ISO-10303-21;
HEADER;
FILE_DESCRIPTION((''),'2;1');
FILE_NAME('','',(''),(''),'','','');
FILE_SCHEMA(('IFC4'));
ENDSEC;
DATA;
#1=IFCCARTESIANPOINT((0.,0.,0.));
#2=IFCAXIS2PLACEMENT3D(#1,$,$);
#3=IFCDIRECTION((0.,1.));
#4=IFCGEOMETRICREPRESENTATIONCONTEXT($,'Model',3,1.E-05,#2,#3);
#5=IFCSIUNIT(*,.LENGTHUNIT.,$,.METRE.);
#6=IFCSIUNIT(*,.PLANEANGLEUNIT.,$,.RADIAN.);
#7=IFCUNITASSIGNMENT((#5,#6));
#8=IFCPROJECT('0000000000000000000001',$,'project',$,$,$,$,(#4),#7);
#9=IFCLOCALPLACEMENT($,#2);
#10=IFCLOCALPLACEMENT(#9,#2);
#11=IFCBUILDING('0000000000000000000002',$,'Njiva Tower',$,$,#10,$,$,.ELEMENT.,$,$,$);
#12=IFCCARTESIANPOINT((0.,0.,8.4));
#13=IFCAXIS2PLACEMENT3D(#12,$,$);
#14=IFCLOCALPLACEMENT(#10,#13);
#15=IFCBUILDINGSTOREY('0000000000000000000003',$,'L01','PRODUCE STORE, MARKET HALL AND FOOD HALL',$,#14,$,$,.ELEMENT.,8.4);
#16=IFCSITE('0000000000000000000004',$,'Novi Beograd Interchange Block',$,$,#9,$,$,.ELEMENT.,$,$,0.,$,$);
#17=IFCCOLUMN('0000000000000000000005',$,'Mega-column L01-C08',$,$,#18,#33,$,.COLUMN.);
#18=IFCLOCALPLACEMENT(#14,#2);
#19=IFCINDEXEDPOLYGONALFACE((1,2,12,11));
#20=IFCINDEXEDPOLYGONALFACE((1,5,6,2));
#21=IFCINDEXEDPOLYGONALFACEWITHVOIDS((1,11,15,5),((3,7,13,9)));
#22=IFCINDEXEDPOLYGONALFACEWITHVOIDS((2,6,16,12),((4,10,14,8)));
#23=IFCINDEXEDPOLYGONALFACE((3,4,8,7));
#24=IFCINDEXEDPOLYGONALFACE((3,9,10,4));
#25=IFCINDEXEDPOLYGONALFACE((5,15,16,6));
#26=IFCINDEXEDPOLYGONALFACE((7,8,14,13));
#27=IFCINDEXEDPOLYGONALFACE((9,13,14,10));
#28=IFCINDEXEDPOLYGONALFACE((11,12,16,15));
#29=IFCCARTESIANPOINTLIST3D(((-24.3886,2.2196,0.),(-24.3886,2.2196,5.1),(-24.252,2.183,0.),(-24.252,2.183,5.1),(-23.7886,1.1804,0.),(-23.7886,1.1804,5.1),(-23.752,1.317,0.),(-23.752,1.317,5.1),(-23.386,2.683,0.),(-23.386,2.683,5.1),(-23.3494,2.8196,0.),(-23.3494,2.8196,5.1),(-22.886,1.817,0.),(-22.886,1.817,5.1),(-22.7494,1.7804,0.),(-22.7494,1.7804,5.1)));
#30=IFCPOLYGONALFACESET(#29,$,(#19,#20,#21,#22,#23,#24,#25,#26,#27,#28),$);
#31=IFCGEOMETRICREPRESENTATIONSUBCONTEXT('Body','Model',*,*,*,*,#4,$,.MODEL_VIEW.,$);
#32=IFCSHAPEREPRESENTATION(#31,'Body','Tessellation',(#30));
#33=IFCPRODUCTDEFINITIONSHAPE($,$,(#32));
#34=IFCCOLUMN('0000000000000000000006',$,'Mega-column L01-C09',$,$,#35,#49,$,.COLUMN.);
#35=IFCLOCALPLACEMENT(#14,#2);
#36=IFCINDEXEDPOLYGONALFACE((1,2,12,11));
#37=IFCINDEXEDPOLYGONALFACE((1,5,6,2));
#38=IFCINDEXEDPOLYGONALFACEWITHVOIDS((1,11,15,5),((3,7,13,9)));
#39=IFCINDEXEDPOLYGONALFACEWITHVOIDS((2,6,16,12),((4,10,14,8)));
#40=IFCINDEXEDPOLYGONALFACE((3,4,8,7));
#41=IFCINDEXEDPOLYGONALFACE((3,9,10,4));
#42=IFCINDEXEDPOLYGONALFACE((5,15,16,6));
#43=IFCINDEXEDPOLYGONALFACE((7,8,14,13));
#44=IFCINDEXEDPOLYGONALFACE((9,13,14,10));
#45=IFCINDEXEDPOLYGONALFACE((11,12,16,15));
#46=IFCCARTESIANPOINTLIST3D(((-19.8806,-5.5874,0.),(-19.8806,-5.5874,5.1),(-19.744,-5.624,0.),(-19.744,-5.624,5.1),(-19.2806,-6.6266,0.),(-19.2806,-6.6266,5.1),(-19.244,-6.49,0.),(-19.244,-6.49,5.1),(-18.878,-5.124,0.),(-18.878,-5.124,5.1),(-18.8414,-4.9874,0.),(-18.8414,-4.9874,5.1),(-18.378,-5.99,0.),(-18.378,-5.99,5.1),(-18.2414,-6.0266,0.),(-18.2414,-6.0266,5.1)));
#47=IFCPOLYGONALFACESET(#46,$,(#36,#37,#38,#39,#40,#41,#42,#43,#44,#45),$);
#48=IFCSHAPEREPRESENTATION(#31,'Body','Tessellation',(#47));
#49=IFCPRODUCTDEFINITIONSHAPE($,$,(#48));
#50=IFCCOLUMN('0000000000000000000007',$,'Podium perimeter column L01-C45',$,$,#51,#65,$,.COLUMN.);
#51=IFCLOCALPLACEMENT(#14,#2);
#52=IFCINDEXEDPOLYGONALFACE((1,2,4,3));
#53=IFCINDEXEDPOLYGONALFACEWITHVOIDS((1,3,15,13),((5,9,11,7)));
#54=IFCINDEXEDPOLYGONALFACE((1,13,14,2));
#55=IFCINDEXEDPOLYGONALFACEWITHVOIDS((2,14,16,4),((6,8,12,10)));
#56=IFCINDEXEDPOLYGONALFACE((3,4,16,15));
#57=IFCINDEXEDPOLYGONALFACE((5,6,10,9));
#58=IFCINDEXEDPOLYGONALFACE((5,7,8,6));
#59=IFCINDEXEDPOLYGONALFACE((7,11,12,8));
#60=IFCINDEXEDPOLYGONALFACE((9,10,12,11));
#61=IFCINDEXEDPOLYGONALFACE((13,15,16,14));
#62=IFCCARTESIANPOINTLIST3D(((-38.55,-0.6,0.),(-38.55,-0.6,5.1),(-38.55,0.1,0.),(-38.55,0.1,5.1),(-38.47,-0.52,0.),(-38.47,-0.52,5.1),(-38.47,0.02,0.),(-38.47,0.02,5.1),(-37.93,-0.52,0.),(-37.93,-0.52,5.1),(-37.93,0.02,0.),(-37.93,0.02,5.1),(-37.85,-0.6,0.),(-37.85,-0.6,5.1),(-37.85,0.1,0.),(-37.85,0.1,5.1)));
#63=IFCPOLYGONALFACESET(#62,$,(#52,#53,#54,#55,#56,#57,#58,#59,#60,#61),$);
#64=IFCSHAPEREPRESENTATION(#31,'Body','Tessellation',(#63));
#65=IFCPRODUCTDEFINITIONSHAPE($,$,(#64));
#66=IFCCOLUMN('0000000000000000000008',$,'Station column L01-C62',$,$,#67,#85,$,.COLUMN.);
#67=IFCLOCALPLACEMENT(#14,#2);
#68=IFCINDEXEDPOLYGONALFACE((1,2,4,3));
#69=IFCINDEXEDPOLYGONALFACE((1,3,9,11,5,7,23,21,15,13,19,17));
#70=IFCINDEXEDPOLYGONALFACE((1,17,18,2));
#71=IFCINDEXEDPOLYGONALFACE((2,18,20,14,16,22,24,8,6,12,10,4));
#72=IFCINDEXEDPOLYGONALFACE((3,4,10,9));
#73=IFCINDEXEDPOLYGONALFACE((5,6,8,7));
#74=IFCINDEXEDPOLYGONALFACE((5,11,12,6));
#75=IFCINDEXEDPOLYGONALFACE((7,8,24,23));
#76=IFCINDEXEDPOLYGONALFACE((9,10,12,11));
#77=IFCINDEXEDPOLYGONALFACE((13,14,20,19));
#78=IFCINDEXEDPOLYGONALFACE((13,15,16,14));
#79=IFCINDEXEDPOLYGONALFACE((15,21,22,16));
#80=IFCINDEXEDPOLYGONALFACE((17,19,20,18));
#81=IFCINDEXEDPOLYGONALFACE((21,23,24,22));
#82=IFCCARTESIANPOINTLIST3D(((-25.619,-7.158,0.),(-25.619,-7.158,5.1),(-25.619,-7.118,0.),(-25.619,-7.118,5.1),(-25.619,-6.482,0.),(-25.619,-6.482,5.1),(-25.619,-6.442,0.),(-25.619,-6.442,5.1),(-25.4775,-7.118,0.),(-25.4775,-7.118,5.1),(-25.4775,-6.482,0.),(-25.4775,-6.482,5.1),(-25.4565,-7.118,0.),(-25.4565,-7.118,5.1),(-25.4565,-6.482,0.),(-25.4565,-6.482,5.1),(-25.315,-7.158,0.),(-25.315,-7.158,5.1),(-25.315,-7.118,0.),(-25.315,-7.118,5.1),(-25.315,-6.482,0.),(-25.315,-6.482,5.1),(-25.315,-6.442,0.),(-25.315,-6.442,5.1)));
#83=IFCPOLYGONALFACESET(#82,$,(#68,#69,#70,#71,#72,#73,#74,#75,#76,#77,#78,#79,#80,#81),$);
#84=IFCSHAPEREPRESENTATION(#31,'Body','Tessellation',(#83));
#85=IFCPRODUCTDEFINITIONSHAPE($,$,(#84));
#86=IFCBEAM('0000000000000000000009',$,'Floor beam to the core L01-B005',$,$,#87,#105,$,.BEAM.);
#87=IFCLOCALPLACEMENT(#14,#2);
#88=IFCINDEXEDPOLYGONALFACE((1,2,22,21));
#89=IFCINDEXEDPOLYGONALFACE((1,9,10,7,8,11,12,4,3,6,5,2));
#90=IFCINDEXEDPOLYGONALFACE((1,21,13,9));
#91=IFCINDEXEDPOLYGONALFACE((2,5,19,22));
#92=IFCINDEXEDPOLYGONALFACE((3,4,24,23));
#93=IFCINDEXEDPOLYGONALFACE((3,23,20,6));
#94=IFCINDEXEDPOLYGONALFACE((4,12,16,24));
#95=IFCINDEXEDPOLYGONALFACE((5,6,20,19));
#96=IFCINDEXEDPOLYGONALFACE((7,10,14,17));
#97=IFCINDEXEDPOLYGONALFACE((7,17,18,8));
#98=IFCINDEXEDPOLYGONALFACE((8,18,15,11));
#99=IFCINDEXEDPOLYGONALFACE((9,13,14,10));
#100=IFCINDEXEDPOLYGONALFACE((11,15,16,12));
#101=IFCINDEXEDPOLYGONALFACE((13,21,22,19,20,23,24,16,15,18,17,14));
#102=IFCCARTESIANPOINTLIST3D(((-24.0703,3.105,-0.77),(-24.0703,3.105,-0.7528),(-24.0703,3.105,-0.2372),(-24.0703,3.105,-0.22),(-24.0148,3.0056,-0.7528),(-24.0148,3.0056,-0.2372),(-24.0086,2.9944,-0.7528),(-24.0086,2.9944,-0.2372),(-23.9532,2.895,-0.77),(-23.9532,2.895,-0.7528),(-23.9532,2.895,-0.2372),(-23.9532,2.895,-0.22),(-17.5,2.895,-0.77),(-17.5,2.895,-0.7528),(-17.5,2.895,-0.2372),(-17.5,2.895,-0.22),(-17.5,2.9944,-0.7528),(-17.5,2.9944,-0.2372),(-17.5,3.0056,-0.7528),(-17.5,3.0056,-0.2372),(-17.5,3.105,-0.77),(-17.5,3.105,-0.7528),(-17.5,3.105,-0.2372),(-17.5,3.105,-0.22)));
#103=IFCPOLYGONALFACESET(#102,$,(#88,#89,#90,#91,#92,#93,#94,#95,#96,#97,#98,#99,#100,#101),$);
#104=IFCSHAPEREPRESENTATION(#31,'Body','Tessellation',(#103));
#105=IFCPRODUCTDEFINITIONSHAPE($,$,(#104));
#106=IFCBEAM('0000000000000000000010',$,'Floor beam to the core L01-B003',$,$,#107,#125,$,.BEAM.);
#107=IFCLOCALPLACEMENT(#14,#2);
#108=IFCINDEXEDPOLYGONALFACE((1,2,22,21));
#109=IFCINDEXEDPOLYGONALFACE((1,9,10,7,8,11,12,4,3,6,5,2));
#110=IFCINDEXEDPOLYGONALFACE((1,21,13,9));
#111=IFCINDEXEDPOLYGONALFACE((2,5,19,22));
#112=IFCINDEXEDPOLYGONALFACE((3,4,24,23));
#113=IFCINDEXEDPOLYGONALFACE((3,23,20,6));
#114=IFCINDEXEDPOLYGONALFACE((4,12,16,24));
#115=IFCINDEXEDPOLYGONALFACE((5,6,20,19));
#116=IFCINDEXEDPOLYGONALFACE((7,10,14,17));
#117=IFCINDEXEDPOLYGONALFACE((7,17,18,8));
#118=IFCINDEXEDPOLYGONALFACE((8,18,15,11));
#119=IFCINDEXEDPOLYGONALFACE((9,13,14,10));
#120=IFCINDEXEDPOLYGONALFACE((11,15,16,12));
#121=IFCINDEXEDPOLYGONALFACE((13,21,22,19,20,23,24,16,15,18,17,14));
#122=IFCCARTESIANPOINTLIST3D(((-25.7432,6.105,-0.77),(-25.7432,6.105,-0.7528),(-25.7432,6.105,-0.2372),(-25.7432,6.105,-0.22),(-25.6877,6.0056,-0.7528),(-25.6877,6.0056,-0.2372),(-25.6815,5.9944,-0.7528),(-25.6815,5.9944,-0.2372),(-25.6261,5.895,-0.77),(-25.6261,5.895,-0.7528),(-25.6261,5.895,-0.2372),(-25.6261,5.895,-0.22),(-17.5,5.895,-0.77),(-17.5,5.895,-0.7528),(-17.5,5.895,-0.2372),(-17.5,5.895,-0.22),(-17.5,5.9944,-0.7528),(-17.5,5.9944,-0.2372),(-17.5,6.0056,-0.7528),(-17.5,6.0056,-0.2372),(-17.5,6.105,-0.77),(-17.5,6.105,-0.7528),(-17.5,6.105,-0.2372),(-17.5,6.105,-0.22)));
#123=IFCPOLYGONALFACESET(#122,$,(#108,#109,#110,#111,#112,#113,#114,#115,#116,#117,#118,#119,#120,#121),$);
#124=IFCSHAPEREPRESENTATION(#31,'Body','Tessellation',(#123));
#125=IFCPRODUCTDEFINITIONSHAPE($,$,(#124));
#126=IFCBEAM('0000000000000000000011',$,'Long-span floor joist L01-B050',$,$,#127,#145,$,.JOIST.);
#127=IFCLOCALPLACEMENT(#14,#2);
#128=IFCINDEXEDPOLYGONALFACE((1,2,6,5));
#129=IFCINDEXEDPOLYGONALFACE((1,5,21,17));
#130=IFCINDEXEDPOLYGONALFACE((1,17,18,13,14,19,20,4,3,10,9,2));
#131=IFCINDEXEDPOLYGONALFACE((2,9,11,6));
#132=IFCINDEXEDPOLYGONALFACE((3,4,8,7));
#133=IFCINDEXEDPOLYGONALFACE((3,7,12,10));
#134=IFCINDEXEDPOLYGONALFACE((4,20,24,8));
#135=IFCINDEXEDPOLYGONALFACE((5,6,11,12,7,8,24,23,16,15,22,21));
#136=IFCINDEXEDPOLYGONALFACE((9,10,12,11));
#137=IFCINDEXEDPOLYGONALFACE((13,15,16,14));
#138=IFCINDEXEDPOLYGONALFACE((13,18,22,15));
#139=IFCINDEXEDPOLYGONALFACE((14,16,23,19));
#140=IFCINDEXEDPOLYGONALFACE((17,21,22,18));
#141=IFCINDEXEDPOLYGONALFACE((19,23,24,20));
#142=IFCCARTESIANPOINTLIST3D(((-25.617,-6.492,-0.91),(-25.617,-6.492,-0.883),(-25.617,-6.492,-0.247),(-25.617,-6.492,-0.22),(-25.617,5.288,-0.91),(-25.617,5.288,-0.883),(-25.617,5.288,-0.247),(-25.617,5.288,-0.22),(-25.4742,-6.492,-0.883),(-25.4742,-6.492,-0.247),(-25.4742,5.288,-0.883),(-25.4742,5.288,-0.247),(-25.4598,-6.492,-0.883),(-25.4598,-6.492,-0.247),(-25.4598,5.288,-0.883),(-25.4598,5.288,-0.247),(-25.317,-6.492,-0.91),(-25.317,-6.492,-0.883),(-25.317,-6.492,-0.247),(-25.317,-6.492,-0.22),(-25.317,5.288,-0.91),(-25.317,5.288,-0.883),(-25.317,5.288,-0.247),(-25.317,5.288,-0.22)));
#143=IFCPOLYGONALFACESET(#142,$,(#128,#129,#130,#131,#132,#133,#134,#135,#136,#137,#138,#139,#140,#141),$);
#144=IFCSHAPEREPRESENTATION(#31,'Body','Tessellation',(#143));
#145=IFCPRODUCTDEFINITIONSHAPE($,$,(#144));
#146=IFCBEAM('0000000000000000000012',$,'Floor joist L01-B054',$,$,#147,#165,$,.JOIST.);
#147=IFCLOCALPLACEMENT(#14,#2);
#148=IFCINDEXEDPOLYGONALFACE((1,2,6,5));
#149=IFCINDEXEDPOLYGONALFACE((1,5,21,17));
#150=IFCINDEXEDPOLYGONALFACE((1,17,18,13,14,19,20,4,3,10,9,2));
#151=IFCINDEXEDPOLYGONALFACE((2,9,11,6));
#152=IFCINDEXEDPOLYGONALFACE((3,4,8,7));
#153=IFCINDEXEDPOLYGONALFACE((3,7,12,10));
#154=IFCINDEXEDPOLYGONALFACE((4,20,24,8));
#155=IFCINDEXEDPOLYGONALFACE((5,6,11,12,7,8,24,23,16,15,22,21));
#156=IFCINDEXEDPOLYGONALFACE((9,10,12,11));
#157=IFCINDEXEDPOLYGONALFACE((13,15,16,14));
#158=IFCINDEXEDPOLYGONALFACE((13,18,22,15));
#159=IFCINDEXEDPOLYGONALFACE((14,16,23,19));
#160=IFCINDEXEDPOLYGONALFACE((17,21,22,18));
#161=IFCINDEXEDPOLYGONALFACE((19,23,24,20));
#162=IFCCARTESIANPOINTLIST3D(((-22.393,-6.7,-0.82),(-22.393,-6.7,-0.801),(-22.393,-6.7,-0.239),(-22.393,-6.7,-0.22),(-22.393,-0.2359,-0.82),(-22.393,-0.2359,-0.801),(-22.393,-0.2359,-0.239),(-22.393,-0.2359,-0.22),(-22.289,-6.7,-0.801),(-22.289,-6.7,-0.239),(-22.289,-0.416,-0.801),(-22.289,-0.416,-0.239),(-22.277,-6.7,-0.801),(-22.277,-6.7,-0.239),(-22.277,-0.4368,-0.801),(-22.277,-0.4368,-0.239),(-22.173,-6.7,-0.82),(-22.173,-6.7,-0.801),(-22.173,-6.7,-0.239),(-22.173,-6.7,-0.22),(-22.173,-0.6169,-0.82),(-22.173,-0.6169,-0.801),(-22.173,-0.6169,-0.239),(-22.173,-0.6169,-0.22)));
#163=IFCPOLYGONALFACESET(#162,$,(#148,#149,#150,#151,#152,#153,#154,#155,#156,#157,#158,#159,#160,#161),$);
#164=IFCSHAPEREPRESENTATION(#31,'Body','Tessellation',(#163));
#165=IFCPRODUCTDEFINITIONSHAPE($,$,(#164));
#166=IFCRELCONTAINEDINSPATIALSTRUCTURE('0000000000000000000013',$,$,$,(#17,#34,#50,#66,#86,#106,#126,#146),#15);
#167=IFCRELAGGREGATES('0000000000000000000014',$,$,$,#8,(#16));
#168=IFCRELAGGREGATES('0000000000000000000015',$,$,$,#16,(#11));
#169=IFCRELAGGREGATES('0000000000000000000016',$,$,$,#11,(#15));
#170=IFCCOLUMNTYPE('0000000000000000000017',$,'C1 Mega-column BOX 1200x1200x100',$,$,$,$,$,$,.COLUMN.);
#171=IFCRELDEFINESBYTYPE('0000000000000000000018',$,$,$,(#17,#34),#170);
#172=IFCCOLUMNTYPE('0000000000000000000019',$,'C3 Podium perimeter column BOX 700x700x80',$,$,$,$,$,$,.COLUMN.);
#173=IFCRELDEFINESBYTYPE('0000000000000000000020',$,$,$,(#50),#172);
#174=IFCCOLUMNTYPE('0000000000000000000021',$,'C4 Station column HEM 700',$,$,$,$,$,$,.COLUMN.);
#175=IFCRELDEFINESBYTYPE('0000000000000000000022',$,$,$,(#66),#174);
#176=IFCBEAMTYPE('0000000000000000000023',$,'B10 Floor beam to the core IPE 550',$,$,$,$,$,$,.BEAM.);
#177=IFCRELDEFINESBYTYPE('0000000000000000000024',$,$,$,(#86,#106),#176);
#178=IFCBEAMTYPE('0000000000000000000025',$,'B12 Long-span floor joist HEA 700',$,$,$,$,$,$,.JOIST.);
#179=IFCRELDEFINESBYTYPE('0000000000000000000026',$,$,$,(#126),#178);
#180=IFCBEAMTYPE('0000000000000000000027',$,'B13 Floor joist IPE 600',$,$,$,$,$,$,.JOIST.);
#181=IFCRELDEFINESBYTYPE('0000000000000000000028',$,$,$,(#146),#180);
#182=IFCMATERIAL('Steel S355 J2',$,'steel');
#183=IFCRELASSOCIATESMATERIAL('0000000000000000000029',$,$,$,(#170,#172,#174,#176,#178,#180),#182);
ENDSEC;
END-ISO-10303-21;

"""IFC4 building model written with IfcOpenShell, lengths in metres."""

from ifc_helpers import new_model, si_unit, direction, frame, origin, origin_2d, place, context, subcontext, project, spatial, hollow_rectangle, i_section, extrude, clip, halfspace, material, material_profile, profile_set, type_object, element, save


model = new_model("IFC4")

# Units and contexts
model_context = context("Model", 3, precision=1e-05, world=origin(), true_north=direction((0.0, 1.0)))
body_context = subcontext(model_context, "Body", "Model", "MODEL_VIEW")
ifc_project = project(units=[si_unit("LENGTHUNIT", "METRE"), si_unit("PLANEANGLEUNIT", "RADIAN")], contexts=[model_context])

# Site, building, storey
site_placement = place(None, origin())
site = spatial("IfcSite", under=ifc_project, at=site_placement, Name="Novi Beograd Interchange Block", CompositionType="ELEMENT", RefElevation=0.0)
building_placement = place(site_placement, origin())
building = spatial("IfcBuilding", under=site, at=building_placement, Name="Njiva Tower", CompositionType="ELEMENT")
storey_placement = place(building_placement, frame((0.0, 0.0, 8.4)))
storey = spatial("IfcBuildingStorey", under=building, at=storey_placement, Name="L01", Description="PRODUCE STORE, MARKET HALL AND FOOD HALL", CompositionType="ELEMENT", Elevation=8.4)

# Columns
ifc_material_1 = material(Name="Steel S355 J2", Category="steel")
ifc_material_profile_1 = material_profile(ifc_material_1, hollow_rectangle(XDim=1.2, YDim=1.2, WallThickness=0.1, at=origin_2d()), Name="BOX 1200x1200x100")
ifc_profile_set_1 = profile_set([ifc_material_profile_1], Name="Steel S355 J2")
column_type_1 = type_object("IfcColumnType", Name="C1 Mega-column BOX 1200x1200x100", PredefinedType="COLUMN", material=ifc_profile_set_1)
for number, where, z_axis, x_axis, name in (
    (1, (-23.569, 2.0, 0.0), (0.0, 0.0, 1.0), (0.5, -0.866025, 0.0), "Mega-column L01-C08"),
    (2, (-19.061, -5.807, 0.0), (0.0, 0.0, 1.0), (0.5, -0.866025, 0.0), "Mega-column L01-C09"),
):
    element("IfcColumn", number, at=place(storey_placement, frame(where, z_axis=z_axis, x_axis=x_axis)), inside=storey, type_object=column_type_1, Name=name, PredefinedType="COLUMN", context=body_context, shape_type="SweptSolid", body=[
        extrude(hollow_rectangle(XDim=1.2, YDim=1.2, WallThickness=0.1, at=origin_2d()), origin(), (0.0, 0.0, 1.0), 5.1),
    ])
ifc_material_profile_2 = material_profile(ifc_material_1, hollow_rectangle(XDim=0.7, YDim=0.7, WallThickness=0.08, at=origin_2d()), Name="BOX 700x700x80")
ifc_profile_set_2 = profile_set([ifc_material_profile_2], Name="Steel S355 J2")
column_type_2 = type_object("IfcColumnType", Name="C3 Podium perimeter column BOX 700x700x80", PredefinedType="COLUMN", material=ifc_profile_set_2)
column_1_placement = place(storey_placement, frame((-38.2, -0.25, 0.0), z_axis=(0.0, 0.0, 1.0), x_axis=(0.0, -1.0, 0.0)))
element("IfcColumn", 3, at=column_1_placement, inside=storey, type_object=column_type_2, Name="Podium perimeter column L01-C45", PredefinedType="COLUMN", context=body_context, shape_type="SweptSolid", body=[
    extrude(hollow_rectangle(XDim=0.7, YDim=0.7, WallThickness=0.08, at=origin_2d()), origin(), (0.0, 0.0, 1.0), 5.1),
])
ifc_material_profile_3 = material_profile(ifc_material_1, i_section(OverallWidth=0.304, OverallDepth=0.716, WebThickness=0.021, FlangeThickness=0.04, at=origin_2d()), Name="HEM 700")
ifc_profile_set_3 = profile_set([ifc_material_profile_3], Name="Steel S355 J2")
column_type_3 = type_object("IfcColumnType", Name="C4 Station column HEM 700", PredefinedType="COLUMN", material=ifc_profile_set_3)
column_2_placement = place(storey_placement, frame((-25.467, -6.8, 0.0), z_axis=(0.0, 0.0, 1.0), x_axis=(1.0, 0.0, 0.0)))
element("IfcColumn", 4, at=column_2_placement, inside=storey, type_object=column_type_3, Name="Station column L01-C62", PredefinedType="COLUMN", context=body_context, shape_type="SweptSolid", body=[
    extrude(i_section(OverallWidth=0.304, OverallDepth=0.716, WebThickness=0.021, FlangeThickness=0.04, at=origin_2d()), origin(), (0.0, 0.0, 1.0), 5.1),
])

# Beams
ifc_material_profile_4 = material_profile(ifc_material_1, i_section(OverallWidth=0.21, OverallDepth=0.55, WebThickness=0.0111, FlangeThickness=0.0172, at=origin_2d()), Name="IPE 550")
ifc_profile_set_4 = profile_set([ifc_material_profile_4], Name="Steel S355 J2")
beam_type_1 = type_object("IfcBeamType", Name="B10 Floor beam to the core IPE 550", PredefinedType="BEAM", material=ifc_profile_set_4)
beam_1_placement = place(storey_placement, frame((-24.091, 3.0, -0.495), z_axis=(1.0, 0.0, 0.0), x_axis=(0.0, 1.0, 0.0)))
element("IfcBeam", 5, at=beam_1_placement, inside=storey, type_object=beam_type_1, Name="Floor beam to the core L01-B005", PredefinedType="BEAM", context=body_context, shape_type="Clipping", body=[
    clip(extrude(i_section(OverallWidth=0.21, OverallDepth=0.55, WebThickness=0.0111, FlangeThickness=0.0172, at=origin_2d()), origin(), (0.0, 0.0, 1.0), 6.591), halfspace(frame((-0.0244, 0.0, 0.0929), z_axis=(-0.487052, 0.0, -0.873373), x_axis=(0.0, -1.0, 0.0)), False)),
])
beam_2_placement = place(storey_placement, frame((-25.764, 6.0, -0.495), z_axis=(1.0, 0.0, 0.0), x_axis=(0.0, 1.0, 0.0)))
element("IfcBeam", 6, at=beam_2_placement, inside=storey, type_object=beam_type_1, Name="Floor beam to the core L01-B003", PredefinedType="BEAM", context=body_context, shape_type="Clipping", body=[
    clip(extrude(i_section(OverallWidth=0.21, OverallDepth=0.55, WebThickness=0.0111, FlangeThickness=0.0172, at=origin_2d()), origin(), (0.0, 0.0, 1.0), 8.264), halfspace(frame((-0.0244, 0.0, 0.093), z_axis=(-0.487052, 0.0, -0.873373), x_axis=(0.0, -1.0, 0.0)), False)),
])
ifc_material_profile_5 = material_profile(ifc_material_1, i_section(OverallWidth=0.3, OverallDepth=0.69, WebThickness=0.0145, FlangeThickness=0.027, at=origin_2d()), Name="HEA 700")
ifc_profile_set_5 = profile_set([ifc_material_profile_5], Name="Steel S355 J2")
beam_type_2 = type_object("IfcBeamType", Name="B12 Long-span floor joist HEA 700", PredefinedType="JOIST", material=ifc_profile_set_5)
beam_3_placement = place(storey_placement, frame((-25.467, 5.288, -0.565), z_axis=(0.0, -1.0, 0.0), x_axis=(1.0, 0.0, 0.0)))
element("IfcBeam", 7, at=beam_3_placement, inside=storey, type_object=beam_type_2, Name="Long-span floor joist L01-B050", PredefinedType="JOIST", context=body_context, shape_type="SweptSolid", body=[
    extrude(i_section(OverallWidth=0.3, OverallDepth=0.69, WebThickness=0.0145, FlangeThickness=0.027, at=origin_2d()), origin(), (0.0, 0.0, 1.0), 11.78),
])
ifc_material_profile_6 = material_profile(ifc_material_1, i_section(OverallWidth=0.22, OverallDepth=0.6, WebThickness=0.012, FlangeThickness=0.019, at=origin_2d()), Name="IPE 600")
ifc_profile_set_6 = profile_set([ifc_material_profile_6], Name="Steel S355 J2")
beam_type_3 = type_object("IfcBeamType", Name="B13 Floor joist IPE 600", PredefinedType="JOIST", material=ifc_profile_set_6)
beam_4_placement = place(storey_placement, frame((-22.283, -0.215, -0.52), z_axis=(0.0, -1.0, 0.0), x_axis=(1.0, 0.0, 0.0)))
element("IfcBeam", 8, at=beam_4_placement, inside=storey, type_object=beam_type_3, Name="Floor joist L01-B054", PredefinedType="JOIST", context=body_context, shape_type="Clipping", body=[
    clip(extrude(i_section(OverallWidth=0.22, OverallDepth=0.6, WebThickness=0.012, FlangeThickness=0.019, at=origin_2d()), origin(), (0.0, 0.0, 1.0), 6.485), halfspace(frame((0.043, 0.0, 0.2859), z_axis=(0.866027, 0.0, -0.499998), x_axis=(0.0, -1.0, 0.0)), False)),
])

save(model, "model.ifc")
